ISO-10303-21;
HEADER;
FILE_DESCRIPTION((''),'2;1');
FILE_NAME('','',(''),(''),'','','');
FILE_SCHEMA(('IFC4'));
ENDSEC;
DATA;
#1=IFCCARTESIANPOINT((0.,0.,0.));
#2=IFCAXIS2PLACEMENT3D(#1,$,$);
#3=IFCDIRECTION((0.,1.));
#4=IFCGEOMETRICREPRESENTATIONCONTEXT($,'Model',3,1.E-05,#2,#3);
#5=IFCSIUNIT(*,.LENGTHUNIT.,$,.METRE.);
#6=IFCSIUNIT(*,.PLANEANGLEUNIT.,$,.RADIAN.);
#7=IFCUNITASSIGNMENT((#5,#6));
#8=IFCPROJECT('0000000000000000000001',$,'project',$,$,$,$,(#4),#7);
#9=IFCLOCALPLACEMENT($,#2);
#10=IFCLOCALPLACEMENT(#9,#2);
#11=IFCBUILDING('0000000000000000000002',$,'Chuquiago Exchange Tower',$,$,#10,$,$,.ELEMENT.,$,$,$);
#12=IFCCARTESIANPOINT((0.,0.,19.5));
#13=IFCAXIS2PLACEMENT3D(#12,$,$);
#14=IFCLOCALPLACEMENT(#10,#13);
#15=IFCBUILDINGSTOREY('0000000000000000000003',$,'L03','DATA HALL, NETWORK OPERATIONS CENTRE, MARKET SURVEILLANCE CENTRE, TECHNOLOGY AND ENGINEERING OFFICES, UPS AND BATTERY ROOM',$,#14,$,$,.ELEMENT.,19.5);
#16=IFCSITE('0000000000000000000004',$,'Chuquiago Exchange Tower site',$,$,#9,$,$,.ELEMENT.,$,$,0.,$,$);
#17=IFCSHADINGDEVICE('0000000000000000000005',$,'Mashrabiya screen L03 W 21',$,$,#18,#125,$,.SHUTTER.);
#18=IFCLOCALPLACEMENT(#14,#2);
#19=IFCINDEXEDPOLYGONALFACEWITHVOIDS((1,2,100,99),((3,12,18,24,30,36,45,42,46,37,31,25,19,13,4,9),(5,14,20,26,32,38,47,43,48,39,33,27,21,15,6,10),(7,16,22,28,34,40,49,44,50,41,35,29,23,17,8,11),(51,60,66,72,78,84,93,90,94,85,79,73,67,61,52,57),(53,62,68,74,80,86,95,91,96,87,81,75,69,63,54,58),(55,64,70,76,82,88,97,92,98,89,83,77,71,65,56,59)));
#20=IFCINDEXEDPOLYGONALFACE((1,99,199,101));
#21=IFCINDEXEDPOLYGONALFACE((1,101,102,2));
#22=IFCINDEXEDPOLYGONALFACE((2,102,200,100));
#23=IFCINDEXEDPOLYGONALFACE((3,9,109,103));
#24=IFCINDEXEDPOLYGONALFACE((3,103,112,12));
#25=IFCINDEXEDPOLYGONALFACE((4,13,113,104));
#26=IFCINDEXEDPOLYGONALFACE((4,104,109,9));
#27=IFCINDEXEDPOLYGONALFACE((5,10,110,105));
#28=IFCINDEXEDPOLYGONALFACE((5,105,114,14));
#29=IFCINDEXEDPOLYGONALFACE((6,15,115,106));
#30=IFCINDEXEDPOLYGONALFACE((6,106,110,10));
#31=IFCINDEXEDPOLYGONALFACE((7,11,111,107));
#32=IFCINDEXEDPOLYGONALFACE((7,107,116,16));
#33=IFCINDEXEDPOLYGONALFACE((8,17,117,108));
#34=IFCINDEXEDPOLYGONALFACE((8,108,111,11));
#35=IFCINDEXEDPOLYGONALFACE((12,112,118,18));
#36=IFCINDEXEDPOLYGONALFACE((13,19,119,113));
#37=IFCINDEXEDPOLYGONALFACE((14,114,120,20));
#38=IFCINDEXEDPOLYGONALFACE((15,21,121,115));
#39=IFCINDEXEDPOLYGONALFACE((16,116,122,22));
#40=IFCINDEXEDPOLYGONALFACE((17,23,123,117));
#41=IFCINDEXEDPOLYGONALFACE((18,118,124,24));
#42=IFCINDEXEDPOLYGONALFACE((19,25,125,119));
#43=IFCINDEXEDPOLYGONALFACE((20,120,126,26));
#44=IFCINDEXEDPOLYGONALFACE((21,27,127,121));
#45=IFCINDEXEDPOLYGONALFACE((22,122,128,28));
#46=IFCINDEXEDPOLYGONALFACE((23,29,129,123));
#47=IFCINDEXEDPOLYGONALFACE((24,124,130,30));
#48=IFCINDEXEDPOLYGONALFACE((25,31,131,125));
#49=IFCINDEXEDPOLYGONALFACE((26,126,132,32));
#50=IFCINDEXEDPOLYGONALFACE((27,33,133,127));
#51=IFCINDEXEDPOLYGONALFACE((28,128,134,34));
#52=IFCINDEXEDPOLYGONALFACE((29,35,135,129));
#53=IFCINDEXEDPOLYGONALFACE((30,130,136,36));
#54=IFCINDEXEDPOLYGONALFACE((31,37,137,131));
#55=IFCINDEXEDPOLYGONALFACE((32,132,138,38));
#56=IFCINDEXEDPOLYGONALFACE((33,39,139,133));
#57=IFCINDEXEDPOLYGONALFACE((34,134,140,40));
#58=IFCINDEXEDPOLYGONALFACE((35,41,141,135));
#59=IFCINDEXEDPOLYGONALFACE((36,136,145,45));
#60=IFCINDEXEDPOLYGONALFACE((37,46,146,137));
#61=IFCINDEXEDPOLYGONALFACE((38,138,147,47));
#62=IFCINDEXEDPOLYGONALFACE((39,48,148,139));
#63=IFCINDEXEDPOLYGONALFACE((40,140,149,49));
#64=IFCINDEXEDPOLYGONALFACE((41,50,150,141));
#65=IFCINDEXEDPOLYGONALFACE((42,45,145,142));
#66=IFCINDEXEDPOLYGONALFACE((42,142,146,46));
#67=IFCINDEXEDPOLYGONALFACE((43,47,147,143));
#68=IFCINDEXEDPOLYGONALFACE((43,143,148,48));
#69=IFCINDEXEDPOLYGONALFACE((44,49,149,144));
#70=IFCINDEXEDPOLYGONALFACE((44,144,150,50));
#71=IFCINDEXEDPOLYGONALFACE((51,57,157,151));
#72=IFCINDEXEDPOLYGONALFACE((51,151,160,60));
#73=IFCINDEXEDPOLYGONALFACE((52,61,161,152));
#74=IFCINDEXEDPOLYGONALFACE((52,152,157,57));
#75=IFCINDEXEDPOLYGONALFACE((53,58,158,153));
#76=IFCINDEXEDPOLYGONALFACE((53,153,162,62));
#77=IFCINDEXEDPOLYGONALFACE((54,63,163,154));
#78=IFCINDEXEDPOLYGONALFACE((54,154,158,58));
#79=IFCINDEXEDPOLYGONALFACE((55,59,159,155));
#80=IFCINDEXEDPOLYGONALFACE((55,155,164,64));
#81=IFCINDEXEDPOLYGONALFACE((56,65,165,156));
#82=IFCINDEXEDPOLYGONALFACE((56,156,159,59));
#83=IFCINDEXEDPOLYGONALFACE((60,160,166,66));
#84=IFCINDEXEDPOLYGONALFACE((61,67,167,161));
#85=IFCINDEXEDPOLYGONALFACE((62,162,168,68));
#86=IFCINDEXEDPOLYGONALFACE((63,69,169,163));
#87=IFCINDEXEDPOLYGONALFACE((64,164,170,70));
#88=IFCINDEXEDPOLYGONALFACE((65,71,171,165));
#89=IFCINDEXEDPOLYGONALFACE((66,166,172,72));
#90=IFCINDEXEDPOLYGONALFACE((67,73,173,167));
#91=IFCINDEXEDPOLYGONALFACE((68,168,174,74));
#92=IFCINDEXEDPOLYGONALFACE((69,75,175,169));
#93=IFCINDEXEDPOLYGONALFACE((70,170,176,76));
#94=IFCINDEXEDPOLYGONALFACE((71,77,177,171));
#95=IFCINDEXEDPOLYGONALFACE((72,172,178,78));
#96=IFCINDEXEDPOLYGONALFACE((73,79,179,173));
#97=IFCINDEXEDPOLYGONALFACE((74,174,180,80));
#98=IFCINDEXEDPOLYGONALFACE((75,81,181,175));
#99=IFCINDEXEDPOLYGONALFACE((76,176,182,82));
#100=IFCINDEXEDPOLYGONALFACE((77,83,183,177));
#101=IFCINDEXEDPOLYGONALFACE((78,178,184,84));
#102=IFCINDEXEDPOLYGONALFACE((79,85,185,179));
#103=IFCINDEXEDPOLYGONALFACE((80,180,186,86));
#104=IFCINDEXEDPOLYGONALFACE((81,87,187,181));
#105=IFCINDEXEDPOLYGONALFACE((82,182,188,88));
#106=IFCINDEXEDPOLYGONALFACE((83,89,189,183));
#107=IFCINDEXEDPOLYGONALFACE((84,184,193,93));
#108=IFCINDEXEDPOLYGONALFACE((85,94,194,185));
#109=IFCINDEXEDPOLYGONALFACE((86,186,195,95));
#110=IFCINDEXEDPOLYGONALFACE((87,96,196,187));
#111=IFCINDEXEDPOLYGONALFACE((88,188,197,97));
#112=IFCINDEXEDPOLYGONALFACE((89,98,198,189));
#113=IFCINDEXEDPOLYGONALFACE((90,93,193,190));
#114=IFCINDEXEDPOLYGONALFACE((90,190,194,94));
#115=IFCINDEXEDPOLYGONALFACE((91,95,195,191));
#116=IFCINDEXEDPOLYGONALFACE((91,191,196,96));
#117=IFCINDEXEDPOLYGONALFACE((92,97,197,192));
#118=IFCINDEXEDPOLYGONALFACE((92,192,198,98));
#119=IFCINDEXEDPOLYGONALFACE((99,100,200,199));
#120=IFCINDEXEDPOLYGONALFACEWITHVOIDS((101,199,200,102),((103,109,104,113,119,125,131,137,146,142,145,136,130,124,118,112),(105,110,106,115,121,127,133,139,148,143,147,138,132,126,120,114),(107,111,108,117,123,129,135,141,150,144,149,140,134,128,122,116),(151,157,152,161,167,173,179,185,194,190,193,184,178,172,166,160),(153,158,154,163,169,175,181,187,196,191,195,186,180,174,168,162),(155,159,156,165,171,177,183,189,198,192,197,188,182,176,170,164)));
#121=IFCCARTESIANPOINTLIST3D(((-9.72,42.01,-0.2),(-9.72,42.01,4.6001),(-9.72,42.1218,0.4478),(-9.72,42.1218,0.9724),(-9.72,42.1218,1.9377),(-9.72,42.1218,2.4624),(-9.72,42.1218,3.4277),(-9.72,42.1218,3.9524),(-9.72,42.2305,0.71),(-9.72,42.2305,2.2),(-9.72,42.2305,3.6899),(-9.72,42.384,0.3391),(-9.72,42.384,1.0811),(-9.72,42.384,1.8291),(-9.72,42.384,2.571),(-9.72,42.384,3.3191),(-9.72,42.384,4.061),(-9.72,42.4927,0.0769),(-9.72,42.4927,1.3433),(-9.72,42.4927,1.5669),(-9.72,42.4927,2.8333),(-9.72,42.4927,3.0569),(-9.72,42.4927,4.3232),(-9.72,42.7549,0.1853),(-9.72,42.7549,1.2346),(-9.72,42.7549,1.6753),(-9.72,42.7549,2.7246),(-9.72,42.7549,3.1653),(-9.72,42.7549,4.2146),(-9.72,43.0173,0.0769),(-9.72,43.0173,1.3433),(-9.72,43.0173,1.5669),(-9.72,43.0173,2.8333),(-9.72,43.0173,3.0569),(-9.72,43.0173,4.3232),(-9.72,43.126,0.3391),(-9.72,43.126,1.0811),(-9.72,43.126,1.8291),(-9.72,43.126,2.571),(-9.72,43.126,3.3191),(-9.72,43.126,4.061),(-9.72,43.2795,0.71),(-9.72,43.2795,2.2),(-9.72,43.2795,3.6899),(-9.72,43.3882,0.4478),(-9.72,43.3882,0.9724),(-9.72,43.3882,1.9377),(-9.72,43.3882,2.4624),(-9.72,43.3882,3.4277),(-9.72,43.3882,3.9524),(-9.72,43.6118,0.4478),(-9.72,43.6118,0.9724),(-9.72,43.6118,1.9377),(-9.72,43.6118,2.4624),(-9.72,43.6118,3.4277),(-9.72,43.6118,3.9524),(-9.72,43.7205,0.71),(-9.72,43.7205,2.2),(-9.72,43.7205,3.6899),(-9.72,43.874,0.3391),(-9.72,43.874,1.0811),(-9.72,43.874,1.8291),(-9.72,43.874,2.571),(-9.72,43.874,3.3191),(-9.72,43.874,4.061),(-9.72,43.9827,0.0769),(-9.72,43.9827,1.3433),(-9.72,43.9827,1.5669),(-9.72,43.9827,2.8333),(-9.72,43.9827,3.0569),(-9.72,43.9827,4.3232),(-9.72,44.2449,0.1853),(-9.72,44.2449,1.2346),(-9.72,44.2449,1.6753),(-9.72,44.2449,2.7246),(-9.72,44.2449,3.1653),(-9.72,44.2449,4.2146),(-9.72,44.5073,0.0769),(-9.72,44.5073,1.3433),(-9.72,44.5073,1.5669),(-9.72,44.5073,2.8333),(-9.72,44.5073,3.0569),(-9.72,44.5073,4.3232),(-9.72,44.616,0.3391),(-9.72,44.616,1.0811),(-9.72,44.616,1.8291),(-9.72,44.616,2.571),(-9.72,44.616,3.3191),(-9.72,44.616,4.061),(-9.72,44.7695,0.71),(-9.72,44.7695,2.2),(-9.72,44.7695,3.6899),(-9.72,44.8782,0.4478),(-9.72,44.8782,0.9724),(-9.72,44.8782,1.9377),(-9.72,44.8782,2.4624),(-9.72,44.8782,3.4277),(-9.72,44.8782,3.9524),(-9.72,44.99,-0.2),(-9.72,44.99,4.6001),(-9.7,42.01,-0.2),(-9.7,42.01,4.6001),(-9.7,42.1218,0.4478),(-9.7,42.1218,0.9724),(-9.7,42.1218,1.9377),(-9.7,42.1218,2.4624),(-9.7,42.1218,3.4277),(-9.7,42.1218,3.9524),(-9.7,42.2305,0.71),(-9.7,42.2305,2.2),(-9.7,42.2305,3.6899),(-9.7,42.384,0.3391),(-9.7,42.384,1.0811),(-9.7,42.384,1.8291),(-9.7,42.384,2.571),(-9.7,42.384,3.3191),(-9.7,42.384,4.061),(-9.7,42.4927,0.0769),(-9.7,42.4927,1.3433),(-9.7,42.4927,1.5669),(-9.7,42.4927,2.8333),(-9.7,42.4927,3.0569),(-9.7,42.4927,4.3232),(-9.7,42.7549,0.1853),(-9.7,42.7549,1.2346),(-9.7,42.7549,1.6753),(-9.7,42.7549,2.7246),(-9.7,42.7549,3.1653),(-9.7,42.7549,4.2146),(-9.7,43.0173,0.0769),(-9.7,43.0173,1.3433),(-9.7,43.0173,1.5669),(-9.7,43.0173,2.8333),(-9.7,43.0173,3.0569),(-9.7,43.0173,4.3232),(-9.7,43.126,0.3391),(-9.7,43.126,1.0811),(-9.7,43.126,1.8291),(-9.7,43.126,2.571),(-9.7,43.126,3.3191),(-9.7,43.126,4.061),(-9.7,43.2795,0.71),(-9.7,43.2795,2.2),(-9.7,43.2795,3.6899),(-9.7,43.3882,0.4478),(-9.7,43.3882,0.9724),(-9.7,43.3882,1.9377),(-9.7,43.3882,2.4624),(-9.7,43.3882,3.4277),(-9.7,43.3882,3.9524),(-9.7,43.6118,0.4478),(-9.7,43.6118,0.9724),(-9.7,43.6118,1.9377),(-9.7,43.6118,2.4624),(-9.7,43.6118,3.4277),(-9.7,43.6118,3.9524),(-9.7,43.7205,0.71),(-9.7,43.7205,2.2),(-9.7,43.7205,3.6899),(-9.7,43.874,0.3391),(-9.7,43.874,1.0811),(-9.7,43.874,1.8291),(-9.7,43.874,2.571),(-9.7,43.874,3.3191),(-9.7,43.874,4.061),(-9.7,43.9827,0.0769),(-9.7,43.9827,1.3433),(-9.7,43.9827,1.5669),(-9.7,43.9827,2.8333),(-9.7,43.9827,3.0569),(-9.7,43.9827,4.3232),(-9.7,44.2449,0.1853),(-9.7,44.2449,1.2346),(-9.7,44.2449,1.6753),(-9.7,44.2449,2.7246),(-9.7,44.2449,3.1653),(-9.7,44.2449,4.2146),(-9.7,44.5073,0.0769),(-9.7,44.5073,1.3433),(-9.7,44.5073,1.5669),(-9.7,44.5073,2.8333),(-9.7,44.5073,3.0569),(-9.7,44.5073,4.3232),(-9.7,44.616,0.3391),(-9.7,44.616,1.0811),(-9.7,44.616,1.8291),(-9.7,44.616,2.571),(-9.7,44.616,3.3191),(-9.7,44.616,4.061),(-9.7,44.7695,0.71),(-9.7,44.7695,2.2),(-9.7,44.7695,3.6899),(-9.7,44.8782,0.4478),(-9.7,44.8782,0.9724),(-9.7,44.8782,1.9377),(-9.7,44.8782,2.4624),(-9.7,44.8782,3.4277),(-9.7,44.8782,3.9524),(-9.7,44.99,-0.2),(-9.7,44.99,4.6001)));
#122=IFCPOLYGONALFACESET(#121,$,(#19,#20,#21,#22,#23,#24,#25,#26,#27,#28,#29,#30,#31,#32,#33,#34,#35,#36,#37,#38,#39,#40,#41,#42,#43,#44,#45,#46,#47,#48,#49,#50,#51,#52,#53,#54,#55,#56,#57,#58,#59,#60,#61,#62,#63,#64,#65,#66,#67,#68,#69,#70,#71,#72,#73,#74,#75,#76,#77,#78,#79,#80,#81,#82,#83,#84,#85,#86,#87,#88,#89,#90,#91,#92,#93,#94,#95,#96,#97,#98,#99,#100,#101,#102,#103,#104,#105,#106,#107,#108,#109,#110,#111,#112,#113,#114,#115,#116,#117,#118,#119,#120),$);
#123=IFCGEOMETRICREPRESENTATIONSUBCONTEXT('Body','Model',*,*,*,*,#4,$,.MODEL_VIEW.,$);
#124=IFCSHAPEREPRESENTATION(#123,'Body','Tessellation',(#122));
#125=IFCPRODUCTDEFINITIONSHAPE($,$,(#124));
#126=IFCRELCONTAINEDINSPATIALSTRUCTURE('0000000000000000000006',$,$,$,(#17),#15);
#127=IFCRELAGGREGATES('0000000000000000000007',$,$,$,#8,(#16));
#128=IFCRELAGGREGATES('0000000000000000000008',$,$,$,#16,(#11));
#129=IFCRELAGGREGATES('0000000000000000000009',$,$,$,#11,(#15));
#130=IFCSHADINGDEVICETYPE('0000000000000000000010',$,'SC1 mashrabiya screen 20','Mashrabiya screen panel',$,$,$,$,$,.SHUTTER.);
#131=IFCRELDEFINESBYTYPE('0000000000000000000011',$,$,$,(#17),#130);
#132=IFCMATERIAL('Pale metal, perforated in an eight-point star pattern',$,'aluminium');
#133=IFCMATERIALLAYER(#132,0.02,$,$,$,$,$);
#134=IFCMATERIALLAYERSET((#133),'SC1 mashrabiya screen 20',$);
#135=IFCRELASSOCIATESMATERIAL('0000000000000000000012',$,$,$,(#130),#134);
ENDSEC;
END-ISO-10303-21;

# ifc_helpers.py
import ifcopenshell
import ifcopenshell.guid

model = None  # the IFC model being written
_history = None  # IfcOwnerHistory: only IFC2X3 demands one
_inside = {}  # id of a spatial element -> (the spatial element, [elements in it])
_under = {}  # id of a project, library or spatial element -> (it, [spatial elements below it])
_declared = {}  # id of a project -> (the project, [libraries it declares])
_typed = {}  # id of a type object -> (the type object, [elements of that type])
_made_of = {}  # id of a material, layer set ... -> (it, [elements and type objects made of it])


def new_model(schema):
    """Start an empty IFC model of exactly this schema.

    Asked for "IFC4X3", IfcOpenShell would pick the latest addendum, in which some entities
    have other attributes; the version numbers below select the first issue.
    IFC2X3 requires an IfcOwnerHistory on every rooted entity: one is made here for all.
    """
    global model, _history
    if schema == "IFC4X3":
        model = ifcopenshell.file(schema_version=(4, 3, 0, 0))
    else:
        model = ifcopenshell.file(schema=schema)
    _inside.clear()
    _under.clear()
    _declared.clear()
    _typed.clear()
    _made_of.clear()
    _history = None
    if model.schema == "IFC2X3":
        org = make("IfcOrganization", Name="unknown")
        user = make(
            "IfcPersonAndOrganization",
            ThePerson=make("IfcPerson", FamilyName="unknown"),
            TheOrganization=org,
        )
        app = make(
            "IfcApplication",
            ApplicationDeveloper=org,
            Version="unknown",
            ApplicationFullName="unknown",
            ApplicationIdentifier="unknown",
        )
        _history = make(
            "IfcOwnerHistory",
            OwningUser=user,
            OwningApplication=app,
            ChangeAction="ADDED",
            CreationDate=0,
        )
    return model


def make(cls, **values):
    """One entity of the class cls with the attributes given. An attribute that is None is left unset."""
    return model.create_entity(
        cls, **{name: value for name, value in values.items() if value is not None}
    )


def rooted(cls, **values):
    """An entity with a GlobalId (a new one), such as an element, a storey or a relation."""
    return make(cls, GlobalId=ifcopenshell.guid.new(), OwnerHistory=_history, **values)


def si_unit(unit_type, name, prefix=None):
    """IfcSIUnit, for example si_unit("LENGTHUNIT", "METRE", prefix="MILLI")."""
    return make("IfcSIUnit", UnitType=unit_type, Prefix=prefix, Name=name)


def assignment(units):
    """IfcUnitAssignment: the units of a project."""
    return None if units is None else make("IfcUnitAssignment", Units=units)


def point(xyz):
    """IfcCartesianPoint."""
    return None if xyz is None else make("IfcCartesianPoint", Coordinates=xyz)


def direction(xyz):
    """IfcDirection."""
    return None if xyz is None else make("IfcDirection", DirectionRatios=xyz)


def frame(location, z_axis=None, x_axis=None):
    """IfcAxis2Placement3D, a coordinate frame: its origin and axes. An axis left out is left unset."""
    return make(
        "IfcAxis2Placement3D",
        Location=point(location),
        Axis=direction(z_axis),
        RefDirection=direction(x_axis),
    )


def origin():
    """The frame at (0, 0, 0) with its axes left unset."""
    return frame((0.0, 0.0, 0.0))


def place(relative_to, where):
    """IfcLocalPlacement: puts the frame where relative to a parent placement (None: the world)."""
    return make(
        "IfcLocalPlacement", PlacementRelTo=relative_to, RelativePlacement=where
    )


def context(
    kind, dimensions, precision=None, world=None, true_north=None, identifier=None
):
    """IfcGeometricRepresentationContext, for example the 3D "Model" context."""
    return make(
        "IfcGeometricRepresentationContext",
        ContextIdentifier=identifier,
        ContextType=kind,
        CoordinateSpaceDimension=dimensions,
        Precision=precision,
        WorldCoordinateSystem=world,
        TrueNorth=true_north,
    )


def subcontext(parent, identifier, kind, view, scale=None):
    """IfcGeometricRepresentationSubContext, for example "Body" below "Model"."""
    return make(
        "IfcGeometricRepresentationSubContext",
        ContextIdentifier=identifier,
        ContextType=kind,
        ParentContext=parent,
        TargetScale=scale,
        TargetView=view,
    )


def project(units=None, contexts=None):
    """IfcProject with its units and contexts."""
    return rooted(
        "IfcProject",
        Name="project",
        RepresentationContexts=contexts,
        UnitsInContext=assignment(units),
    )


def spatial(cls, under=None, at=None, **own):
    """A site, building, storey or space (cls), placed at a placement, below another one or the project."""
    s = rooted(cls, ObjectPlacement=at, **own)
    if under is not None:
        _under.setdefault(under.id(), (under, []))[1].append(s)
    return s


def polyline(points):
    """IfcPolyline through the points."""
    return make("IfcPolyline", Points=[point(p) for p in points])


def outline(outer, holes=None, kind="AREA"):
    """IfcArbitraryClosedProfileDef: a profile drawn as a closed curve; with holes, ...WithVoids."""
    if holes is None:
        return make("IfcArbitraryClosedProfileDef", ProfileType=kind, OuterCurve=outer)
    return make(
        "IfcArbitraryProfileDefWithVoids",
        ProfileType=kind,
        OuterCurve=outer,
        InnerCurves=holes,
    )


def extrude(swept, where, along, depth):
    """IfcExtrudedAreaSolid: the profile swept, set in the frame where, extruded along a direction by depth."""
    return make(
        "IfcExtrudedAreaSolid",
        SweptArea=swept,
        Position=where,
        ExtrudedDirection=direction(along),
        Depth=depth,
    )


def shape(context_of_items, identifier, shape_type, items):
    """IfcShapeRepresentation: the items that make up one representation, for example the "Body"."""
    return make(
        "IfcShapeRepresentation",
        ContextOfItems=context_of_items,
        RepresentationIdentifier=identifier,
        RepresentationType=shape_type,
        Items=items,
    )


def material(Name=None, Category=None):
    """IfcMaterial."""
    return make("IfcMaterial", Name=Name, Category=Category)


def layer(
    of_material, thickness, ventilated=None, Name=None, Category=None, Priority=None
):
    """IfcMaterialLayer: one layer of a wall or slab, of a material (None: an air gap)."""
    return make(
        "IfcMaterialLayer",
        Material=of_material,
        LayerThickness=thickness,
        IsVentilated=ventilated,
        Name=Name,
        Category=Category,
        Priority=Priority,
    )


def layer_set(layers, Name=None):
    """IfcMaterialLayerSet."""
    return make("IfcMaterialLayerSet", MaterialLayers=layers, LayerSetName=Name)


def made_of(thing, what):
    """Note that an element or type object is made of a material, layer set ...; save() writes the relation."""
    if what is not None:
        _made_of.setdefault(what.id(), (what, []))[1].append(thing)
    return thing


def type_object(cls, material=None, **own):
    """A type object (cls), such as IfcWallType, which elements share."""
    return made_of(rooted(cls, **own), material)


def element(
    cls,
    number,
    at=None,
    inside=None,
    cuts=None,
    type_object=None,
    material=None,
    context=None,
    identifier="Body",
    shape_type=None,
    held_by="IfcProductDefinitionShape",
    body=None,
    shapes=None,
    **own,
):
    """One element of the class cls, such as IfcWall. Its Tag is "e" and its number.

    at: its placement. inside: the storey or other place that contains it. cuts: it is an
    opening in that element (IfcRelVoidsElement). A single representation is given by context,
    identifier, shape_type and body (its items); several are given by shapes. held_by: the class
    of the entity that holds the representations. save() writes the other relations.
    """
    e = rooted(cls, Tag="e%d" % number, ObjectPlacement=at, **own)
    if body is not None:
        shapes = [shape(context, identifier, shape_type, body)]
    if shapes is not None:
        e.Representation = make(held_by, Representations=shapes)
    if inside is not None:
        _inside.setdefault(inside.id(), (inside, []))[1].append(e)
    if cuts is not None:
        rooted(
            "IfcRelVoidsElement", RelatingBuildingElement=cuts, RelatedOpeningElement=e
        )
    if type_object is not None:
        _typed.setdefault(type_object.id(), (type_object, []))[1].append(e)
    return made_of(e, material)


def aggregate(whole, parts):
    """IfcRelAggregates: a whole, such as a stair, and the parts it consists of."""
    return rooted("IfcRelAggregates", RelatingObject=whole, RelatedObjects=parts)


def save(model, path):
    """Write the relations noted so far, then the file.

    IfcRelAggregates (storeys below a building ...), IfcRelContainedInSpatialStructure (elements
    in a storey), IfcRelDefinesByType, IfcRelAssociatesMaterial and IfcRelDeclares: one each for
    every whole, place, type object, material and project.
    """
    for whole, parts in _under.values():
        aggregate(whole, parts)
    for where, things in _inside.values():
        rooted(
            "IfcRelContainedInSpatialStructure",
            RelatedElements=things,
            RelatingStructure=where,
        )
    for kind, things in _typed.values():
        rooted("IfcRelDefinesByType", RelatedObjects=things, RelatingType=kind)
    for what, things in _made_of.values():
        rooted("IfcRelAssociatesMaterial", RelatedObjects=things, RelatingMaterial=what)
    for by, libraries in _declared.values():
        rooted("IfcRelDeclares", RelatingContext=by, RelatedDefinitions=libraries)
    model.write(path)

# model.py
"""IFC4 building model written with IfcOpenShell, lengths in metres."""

from ifc_helpers import new_model, si_unit, direction, frame, origin, place, context, subcontext, project, spatial, polyline, outline, extrude, material, layer, layer_set, type_object, element, save


model = new_model("IFC4")

# Units and contexts
model_context = context("Model", 3, precision=1e-05, world=origin(), true_north=direction((0.0, 1.0)))
body_context = subcontext(model_context, "Body", "Model", "MODEL_VIEW")
ifc_project = project(units=[si_unit("LENGTHUNIT", "METRE"), si_unit("PLANEANGLEUNIT", "RADIAN")], contexts=[model_context])

# Site, building, storey
site_placement = place(None, origin())
site = spatial("IfcSite", under=ifc_project, at=site_placement, Name="Chuquiago Exchange Tower site", CompositionType="ELEMENT", RefElevation=0.0)
building_placement = place(site_placement, origin())
building = spatial("IfcBuilding", under=site, at=building_placement, Name="Chuquiago Exchange Tower", CompositionType="ELEMENT")
storey_placement = place(building_placement, frame((0.0, 0.0, 19.5)))
storey = spatial("IfcBuildingStorey", under=building, at=storey_placement, Name="L03", Description="DATA HALL, NETWORK OPERATIONS CENTRE, MARKET SURVEILLANCE CENTRE, TECHNOLOGY AND ENGINEERING OFFICES, UPS AND BATTERY ROOM", CompositionType="ELEMENT", Elevation=19.5)

# Shading device
ifc_material_1 = material(Name="Pale metal, perforated in an eight-point star pattern", Category="aluminium")
ifc_layer_1 = layer(ifc_material_1, 0.02)
ifc_layer_set_1 = layer_set([ifc_layer_1], Name="SC1 mashrabiya screen 20")
shading_device_type = type_object("IfcShadingDeviceType", Name="SC1 mashrabiya screen 20", Description="Mashrabiya screen panel", PredefinedType="SHUTTER", material=ifc_layer_set_1)
shading_device_1_placement = place(storey_placement, frame((-9.7, 44.99, -0.2), z_axis=(0.0, 0.0, 1.0), x_axis=(0.0, -1.0, 0.0)))
element("IfcShadingDevice", 1, at=shading_device_1_placement, inside=storey, type_object=shading_device_type, Name="Mashrabiya screen L03 W 21", PredefinedType="SHUTTER", context=body_context, shape_type="SweptSolid", body=[
    extrude(outline(polyline([(0.0, 0.0), (2.98, 0.0), (2.98, 4.8), (0.0, 4.8), (0.0, 0.0)]), holes=[polyline([(1.2695, 0.9099), (1.3782, 1.1724), (1.116, 1.281), (1.0073, 1.5432), (0.7451, 1.4346), (0.4827, 1.5432), (0.374, 1.281), (0.1118, 1.1724), (0.2205, 0.9099), (0.1118, 0.6477), (0.374, 0.5391), (0.4827, 0.2769), (0.7451, 0.3853), (1.0073, 0.2769), (1.116, 0.5391), (1.3782, 0.6477), (1.2695, 0.9099)]), polyline([(2.7595, 0.9099), (2.8682, 1.1724), (2.606, 1.281), (2.4973, 1.5432), (2.2351, 1.4346), (1.9727, 1.5432), (1.864, 1.281), (1.6018, 1.1724), (1.7104, 0.9099), (1.6018, 0.6477), (1.864, 0.5391), (1.9727, 0.2769), (2.2351, 0.3853), (2.4973, 0.2769), (2.606, 0.5391), (2.8682, 0.6477), (2.7595, 0.9099)]), polyline([(1.2695, 2.3999), (1.3782, 2.6624), (1.116, 2.771), (1.0073, 3.0332), (0.7451, 2.9246), (0.4827, 3.0332), (0.374, 2.771), (0.1118, 2.6624), (0.2205, 2.3999), (0.1118, 2.1377), (0.374, 2.0291), (0.4827, 1.7668), (0.7451, 1.8752), (1.0073, 1.7668), (1.116, 2.0291), (1.3782, 2.1377), (1.2695, 2.3999)]), polyline([(2.7595, 2.3999), (2.8682, 2.6624), (2.606, 2.771), (2.4973, 3.0332), (2.2351, 2.9246), (1.9727, 3.0332), (1.864, 2.771), (1.6018, 2.6624), (1.7104, 2.3999), (1.6018, 2.1377), (1.864, 2.0291), (1.9727, 1.7668), (2.2351, 1.8752), (2.4973, 1.7668), (2.606, 2.0291), (2.8682, 2.1377), (2.7595, 2.3999)]), polyline([(1.2695, 3.8899), (1.3782, 4.1523), (1.116, 4.261), (1.0073, 4.5232), (0.7451, 4.4146), (0.4827, 4.5232), (0.374, 4.261), (0.1118, 4.1523), (0.2205, 3.8899), (0.1118, 3.6277), (0.374, 3.519), (0.4827, 3.2568), (0.7451, 3.3652), (1.0073, 3.2568), (1.116, 3.519), (1.3782, 3.6277), (1.2695, 3.8899)]), polyline([(2.7595, 3.8899), (2.8682, 4.1523), (2.606, 4.261), (2.4973, 4.5232), (2.2351, 4.4146), (1.9727, 4.5232), (1.864, 4.261), (1.6018, 4.1523), (1.7104, 3.8899), (1.6018, 3.6277), (1.864, 3.519), (1.9727, 3.2568), (2.2351, 3.3652), (2.4973, 3.2568), (2.606, 3.519), (2.8682, 3.6277), (2.7595, 3.8899)])]), frame((0.0, 0.0, 0.0), z_axis=(0.0, -1.0, 0.0), x_axis=(1.0, 0.0, 0.0)), (0.0, 0.0, 1.0), 0.02),
])

save(model, "model.ifc")
